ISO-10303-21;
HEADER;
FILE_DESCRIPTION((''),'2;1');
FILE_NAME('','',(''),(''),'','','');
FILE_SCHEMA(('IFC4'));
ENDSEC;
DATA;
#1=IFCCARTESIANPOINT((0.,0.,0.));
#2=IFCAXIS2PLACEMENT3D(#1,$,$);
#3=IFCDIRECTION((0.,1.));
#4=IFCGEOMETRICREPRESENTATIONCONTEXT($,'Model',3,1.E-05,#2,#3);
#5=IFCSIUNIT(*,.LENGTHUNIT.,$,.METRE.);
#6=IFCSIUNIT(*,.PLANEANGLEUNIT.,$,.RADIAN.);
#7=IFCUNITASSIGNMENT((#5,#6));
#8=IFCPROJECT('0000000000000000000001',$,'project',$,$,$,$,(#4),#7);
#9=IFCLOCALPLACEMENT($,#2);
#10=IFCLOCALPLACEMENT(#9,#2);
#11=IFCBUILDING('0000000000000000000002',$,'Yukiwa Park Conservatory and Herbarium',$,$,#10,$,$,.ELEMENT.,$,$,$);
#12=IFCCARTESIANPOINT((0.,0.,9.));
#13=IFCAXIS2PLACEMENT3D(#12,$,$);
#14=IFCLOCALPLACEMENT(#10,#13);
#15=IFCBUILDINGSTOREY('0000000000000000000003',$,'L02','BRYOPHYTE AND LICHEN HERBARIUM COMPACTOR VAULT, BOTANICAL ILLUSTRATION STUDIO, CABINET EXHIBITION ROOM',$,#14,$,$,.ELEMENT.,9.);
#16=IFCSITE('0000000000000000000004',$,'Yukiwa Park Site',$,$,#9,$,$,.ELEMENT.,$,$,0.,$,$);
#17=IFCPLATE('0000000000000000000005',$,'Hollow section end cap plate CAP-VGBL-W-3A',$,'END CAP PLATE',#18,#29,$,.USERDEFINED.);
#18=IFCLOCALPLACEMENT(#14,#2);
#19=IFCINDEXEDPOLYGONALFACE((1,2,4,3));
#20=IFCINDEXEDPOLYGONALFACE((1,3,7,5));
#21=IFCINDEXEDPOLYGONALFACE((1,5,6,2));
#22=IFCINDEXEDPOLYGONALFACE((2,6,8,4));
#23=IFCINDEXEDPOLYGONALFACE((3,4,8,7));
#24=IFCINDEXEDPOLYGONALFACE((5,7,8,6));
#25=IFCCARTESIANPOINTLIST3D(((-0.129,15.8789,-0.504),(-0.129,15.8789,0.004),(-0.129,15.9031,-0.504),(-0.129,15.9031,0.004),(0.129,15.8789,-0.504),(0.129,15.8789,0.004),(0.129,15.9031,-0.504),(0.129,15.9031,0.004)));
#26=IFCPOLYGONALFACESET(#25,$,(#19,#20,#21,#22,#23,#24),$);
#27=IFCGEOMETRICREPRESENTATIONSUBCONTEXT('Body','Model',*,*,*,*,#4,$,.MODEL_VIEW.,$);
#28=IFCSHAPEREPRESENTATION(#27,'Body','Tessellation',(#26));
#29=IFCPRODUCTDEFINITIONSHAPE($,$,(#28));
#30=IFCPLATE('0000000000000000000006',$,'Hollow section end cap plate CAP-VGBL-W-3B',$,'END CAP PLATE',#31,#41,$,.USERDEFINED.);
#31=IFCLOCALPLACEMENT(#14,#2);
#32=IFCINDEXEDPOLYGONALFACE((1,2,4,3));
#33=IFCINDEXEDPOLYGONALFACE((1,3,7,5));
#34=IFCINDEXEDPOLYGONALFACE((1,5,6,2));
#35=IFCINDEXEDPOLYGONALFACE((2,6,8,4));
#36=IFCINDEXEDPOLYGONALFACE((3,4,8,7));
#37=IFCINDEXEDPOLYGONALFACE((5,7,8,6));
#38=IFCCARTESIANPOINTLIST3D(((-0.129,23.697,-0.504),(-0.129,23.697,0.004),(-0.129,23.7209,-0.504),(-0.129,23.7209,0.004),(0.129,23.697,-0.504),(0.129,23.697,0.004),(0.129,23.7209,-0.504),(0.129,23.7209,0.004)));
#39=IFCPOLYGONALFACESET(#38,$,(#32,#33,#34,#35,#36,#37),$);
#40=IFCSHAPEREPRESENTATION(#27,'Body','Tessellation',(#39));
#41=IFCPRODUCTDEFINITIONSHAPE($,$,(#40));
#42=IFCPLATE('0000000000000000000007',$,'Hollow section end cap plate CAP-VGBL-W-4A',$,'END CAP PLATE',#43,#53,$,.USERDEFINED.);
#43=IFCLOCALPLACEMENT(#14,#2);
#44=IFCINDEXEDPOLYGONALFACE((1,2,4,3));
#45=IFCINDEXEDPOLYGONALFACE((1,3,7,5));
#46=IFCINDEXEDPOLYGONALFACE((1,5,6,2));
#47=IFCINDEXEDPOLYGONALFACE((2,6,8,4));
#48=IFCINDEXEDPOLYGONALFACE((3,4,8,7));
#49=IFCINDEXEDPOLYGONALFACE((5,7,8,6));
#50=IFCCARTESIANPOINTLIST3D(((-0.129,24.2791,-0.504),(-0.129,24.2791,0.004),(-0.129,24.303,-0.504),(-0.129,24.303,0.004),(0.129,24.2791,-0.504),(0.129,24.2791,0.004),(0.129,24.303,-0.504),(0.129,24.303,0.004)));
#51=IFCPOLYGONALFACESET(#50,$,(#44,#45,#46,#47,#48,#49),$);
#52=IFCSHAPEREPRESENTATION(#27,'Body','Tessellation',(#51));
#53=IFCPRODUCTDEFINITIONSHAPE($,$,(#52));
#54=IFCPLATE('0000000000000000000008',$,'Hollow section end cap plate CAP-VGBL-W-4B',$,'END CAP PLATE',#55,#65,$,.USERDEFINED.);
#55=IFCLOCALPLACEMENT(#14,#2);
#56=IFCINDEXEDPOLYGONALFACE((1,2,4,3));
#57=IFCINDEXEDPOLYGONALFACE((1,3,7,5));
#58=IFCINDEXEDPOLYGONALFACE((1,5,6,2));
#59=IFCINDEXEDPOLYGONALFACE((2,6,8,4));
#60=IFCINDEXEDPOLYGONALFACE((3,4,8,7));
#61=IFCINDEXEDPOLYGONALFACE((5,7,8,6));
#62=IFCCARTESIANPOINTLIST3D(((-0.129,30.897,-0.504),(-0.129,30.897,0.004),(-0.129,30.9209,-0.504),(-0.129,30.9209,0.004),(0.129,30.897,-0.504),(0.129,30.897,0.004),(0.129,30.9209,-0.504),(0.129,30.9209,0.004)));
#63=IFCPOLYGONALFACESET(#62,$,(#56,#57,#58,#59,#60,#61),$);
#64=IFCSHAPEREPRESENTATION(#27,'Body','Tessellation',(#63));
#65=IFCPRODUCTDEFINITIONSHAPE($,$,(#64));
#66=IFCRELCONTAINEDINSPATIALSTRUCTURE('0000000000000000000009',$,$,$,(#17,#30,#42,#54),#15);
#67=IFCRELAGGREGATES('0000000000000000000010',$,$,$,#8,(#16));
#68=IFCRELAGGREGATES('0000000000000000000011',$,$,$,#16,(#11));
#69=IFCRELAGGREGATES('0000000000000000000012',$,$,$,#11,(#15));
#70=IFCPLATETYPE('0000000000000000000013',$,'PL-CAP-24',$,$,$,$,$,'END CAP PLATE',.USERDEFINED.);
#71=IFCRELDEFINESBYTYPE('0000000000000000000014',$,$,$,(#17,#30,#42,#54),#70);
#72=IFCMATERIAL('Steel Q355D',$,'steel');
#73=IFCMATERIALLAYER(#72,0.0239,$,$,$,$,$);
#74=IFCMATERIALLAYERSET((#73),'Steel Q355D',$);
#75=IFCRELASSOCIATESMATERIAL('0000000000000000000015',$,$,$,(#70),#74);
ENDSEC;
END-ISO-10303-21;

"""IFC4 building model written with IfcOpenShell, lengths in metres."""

from ifc_helpers import new_model, si_unit, direction, frame, origin, origin_2d, place, context, subcontext, project, spatial, rectangle, extrude, material, layer, layer_set, type_object, element, save


model = new_model("IFC4")

# Units and contexts
model_context = context("Model", 3, precision=1e-05, world=origin(), true_north=direction((0.0, 1.0)))
body_context = subcontext(model_context, "Body", "Model", "MODEL_VIEW")
ifc_project = project(units=[si_unit("LENGTHUNIT", "METRE"), si_unit("PLANEANGLEUNIT", "RADIAN")], contexts=[model_context])

# Site, building, storey
site_placement = place(None, origin())
site = spatial("IfcSite", under=ifc_project, at=site_placement, Name="Yukiwa Park Site", CompositionType="ELEMENT", RefElevation=0.0)
building_placement = place(site_placement, origin())
building = spatial("IfcBuilding", under=site, at=building_placement, Name="Yukiwa Park Conservatory and Herbarium", CompositionType="ELEMENT")
storey_placement = place(building_placement, frame((0.0, 0.0, 9.0)))
storey = spatial("IfcBuildingStorey", under=building, at=storey_placement, Name="L02", Description="BRYOPHYTE AND LICHEN HERBARIUM COMPACTOR VAULT, BOTANICAL ILLUSTRATION STUDIO, CABINET EXHIBITION ROOM", CompositionType="ELEMENT", Elevation=9.0)

# Plates
ifc_material_1 = material(Name="Steel Q355D", Category="steel")
ifc_layer = layer(ifc_material_1, 0.0239)
ifc_layer_set = layer_set([ifc_layer], Name="Steel Q355D")
plate_type = type_object("IfcPlateType", Name="PL-CAP-24", ElementType="END CAP PLATE", PredefinedType="USERDEFINED", material=ifc_layer_set)
plate_placement = place(storey_placement, frame((0.0, 15.9031, -0.25), z_axis=(0.0, -1.0, 0.0), x_axis=(1.0, 0.0, 0.0)))
element("IfcPlate", 1, at=plate_placement, inside=storey, type_object=plate_type, Name="Hollow section end cap plate CAP-VGBL-W-3A", ObjectType="END CAP PLATE", PredefinedType="USERDEFINED", context=body_context, shape_type="SweptSolid", body=[
    extrude(rectangle(XDim=0.2581, YDim=0.5081, at=origin_2d()), origin(), (0.0, 0.0, 1.0), 0.0242),
])
for number, where, z_axis, x_axis, name in (
    (2, (0.0, 23.697, -0.25), (0.0, 1.0, 0.0), (-1.0, 0.0, 0.0), "Hollow section end cap plate CAP-VGBL-W-3B"),
    (3, (0.0, 24.303, -0.25), (0.0, -1.0, 0.0), (1.0, 0.0, 0.0), "Hollow section end cap plate CAP-VGBL-W-4A"),
    (4, (0.0, 30.897, -0.25), (0.0, 1.0, 0.0), (-1.0, 0.0, 0.0), "Hollow section end cap plate CAP-VGBL-W-4B"),
):
    element("IfcPlate", number, at=place(storey_placement, frame(where, z_axis=z_axis, x_axis=x_axis)), inside=storey, type_object=plate_type, Name=name, ObjectType="END CAP PLATE", PredefinedType="USERDEFINED", context=body_context, shape_type="SweptSolid", body=[
        extrude(rectangle(XDim=0.2581, YDim=0.5081, at=origin_2d()), origin(), (0.0, 0.0, 1.0), 0.0239),
    ])

save(model, "model.ifc")
